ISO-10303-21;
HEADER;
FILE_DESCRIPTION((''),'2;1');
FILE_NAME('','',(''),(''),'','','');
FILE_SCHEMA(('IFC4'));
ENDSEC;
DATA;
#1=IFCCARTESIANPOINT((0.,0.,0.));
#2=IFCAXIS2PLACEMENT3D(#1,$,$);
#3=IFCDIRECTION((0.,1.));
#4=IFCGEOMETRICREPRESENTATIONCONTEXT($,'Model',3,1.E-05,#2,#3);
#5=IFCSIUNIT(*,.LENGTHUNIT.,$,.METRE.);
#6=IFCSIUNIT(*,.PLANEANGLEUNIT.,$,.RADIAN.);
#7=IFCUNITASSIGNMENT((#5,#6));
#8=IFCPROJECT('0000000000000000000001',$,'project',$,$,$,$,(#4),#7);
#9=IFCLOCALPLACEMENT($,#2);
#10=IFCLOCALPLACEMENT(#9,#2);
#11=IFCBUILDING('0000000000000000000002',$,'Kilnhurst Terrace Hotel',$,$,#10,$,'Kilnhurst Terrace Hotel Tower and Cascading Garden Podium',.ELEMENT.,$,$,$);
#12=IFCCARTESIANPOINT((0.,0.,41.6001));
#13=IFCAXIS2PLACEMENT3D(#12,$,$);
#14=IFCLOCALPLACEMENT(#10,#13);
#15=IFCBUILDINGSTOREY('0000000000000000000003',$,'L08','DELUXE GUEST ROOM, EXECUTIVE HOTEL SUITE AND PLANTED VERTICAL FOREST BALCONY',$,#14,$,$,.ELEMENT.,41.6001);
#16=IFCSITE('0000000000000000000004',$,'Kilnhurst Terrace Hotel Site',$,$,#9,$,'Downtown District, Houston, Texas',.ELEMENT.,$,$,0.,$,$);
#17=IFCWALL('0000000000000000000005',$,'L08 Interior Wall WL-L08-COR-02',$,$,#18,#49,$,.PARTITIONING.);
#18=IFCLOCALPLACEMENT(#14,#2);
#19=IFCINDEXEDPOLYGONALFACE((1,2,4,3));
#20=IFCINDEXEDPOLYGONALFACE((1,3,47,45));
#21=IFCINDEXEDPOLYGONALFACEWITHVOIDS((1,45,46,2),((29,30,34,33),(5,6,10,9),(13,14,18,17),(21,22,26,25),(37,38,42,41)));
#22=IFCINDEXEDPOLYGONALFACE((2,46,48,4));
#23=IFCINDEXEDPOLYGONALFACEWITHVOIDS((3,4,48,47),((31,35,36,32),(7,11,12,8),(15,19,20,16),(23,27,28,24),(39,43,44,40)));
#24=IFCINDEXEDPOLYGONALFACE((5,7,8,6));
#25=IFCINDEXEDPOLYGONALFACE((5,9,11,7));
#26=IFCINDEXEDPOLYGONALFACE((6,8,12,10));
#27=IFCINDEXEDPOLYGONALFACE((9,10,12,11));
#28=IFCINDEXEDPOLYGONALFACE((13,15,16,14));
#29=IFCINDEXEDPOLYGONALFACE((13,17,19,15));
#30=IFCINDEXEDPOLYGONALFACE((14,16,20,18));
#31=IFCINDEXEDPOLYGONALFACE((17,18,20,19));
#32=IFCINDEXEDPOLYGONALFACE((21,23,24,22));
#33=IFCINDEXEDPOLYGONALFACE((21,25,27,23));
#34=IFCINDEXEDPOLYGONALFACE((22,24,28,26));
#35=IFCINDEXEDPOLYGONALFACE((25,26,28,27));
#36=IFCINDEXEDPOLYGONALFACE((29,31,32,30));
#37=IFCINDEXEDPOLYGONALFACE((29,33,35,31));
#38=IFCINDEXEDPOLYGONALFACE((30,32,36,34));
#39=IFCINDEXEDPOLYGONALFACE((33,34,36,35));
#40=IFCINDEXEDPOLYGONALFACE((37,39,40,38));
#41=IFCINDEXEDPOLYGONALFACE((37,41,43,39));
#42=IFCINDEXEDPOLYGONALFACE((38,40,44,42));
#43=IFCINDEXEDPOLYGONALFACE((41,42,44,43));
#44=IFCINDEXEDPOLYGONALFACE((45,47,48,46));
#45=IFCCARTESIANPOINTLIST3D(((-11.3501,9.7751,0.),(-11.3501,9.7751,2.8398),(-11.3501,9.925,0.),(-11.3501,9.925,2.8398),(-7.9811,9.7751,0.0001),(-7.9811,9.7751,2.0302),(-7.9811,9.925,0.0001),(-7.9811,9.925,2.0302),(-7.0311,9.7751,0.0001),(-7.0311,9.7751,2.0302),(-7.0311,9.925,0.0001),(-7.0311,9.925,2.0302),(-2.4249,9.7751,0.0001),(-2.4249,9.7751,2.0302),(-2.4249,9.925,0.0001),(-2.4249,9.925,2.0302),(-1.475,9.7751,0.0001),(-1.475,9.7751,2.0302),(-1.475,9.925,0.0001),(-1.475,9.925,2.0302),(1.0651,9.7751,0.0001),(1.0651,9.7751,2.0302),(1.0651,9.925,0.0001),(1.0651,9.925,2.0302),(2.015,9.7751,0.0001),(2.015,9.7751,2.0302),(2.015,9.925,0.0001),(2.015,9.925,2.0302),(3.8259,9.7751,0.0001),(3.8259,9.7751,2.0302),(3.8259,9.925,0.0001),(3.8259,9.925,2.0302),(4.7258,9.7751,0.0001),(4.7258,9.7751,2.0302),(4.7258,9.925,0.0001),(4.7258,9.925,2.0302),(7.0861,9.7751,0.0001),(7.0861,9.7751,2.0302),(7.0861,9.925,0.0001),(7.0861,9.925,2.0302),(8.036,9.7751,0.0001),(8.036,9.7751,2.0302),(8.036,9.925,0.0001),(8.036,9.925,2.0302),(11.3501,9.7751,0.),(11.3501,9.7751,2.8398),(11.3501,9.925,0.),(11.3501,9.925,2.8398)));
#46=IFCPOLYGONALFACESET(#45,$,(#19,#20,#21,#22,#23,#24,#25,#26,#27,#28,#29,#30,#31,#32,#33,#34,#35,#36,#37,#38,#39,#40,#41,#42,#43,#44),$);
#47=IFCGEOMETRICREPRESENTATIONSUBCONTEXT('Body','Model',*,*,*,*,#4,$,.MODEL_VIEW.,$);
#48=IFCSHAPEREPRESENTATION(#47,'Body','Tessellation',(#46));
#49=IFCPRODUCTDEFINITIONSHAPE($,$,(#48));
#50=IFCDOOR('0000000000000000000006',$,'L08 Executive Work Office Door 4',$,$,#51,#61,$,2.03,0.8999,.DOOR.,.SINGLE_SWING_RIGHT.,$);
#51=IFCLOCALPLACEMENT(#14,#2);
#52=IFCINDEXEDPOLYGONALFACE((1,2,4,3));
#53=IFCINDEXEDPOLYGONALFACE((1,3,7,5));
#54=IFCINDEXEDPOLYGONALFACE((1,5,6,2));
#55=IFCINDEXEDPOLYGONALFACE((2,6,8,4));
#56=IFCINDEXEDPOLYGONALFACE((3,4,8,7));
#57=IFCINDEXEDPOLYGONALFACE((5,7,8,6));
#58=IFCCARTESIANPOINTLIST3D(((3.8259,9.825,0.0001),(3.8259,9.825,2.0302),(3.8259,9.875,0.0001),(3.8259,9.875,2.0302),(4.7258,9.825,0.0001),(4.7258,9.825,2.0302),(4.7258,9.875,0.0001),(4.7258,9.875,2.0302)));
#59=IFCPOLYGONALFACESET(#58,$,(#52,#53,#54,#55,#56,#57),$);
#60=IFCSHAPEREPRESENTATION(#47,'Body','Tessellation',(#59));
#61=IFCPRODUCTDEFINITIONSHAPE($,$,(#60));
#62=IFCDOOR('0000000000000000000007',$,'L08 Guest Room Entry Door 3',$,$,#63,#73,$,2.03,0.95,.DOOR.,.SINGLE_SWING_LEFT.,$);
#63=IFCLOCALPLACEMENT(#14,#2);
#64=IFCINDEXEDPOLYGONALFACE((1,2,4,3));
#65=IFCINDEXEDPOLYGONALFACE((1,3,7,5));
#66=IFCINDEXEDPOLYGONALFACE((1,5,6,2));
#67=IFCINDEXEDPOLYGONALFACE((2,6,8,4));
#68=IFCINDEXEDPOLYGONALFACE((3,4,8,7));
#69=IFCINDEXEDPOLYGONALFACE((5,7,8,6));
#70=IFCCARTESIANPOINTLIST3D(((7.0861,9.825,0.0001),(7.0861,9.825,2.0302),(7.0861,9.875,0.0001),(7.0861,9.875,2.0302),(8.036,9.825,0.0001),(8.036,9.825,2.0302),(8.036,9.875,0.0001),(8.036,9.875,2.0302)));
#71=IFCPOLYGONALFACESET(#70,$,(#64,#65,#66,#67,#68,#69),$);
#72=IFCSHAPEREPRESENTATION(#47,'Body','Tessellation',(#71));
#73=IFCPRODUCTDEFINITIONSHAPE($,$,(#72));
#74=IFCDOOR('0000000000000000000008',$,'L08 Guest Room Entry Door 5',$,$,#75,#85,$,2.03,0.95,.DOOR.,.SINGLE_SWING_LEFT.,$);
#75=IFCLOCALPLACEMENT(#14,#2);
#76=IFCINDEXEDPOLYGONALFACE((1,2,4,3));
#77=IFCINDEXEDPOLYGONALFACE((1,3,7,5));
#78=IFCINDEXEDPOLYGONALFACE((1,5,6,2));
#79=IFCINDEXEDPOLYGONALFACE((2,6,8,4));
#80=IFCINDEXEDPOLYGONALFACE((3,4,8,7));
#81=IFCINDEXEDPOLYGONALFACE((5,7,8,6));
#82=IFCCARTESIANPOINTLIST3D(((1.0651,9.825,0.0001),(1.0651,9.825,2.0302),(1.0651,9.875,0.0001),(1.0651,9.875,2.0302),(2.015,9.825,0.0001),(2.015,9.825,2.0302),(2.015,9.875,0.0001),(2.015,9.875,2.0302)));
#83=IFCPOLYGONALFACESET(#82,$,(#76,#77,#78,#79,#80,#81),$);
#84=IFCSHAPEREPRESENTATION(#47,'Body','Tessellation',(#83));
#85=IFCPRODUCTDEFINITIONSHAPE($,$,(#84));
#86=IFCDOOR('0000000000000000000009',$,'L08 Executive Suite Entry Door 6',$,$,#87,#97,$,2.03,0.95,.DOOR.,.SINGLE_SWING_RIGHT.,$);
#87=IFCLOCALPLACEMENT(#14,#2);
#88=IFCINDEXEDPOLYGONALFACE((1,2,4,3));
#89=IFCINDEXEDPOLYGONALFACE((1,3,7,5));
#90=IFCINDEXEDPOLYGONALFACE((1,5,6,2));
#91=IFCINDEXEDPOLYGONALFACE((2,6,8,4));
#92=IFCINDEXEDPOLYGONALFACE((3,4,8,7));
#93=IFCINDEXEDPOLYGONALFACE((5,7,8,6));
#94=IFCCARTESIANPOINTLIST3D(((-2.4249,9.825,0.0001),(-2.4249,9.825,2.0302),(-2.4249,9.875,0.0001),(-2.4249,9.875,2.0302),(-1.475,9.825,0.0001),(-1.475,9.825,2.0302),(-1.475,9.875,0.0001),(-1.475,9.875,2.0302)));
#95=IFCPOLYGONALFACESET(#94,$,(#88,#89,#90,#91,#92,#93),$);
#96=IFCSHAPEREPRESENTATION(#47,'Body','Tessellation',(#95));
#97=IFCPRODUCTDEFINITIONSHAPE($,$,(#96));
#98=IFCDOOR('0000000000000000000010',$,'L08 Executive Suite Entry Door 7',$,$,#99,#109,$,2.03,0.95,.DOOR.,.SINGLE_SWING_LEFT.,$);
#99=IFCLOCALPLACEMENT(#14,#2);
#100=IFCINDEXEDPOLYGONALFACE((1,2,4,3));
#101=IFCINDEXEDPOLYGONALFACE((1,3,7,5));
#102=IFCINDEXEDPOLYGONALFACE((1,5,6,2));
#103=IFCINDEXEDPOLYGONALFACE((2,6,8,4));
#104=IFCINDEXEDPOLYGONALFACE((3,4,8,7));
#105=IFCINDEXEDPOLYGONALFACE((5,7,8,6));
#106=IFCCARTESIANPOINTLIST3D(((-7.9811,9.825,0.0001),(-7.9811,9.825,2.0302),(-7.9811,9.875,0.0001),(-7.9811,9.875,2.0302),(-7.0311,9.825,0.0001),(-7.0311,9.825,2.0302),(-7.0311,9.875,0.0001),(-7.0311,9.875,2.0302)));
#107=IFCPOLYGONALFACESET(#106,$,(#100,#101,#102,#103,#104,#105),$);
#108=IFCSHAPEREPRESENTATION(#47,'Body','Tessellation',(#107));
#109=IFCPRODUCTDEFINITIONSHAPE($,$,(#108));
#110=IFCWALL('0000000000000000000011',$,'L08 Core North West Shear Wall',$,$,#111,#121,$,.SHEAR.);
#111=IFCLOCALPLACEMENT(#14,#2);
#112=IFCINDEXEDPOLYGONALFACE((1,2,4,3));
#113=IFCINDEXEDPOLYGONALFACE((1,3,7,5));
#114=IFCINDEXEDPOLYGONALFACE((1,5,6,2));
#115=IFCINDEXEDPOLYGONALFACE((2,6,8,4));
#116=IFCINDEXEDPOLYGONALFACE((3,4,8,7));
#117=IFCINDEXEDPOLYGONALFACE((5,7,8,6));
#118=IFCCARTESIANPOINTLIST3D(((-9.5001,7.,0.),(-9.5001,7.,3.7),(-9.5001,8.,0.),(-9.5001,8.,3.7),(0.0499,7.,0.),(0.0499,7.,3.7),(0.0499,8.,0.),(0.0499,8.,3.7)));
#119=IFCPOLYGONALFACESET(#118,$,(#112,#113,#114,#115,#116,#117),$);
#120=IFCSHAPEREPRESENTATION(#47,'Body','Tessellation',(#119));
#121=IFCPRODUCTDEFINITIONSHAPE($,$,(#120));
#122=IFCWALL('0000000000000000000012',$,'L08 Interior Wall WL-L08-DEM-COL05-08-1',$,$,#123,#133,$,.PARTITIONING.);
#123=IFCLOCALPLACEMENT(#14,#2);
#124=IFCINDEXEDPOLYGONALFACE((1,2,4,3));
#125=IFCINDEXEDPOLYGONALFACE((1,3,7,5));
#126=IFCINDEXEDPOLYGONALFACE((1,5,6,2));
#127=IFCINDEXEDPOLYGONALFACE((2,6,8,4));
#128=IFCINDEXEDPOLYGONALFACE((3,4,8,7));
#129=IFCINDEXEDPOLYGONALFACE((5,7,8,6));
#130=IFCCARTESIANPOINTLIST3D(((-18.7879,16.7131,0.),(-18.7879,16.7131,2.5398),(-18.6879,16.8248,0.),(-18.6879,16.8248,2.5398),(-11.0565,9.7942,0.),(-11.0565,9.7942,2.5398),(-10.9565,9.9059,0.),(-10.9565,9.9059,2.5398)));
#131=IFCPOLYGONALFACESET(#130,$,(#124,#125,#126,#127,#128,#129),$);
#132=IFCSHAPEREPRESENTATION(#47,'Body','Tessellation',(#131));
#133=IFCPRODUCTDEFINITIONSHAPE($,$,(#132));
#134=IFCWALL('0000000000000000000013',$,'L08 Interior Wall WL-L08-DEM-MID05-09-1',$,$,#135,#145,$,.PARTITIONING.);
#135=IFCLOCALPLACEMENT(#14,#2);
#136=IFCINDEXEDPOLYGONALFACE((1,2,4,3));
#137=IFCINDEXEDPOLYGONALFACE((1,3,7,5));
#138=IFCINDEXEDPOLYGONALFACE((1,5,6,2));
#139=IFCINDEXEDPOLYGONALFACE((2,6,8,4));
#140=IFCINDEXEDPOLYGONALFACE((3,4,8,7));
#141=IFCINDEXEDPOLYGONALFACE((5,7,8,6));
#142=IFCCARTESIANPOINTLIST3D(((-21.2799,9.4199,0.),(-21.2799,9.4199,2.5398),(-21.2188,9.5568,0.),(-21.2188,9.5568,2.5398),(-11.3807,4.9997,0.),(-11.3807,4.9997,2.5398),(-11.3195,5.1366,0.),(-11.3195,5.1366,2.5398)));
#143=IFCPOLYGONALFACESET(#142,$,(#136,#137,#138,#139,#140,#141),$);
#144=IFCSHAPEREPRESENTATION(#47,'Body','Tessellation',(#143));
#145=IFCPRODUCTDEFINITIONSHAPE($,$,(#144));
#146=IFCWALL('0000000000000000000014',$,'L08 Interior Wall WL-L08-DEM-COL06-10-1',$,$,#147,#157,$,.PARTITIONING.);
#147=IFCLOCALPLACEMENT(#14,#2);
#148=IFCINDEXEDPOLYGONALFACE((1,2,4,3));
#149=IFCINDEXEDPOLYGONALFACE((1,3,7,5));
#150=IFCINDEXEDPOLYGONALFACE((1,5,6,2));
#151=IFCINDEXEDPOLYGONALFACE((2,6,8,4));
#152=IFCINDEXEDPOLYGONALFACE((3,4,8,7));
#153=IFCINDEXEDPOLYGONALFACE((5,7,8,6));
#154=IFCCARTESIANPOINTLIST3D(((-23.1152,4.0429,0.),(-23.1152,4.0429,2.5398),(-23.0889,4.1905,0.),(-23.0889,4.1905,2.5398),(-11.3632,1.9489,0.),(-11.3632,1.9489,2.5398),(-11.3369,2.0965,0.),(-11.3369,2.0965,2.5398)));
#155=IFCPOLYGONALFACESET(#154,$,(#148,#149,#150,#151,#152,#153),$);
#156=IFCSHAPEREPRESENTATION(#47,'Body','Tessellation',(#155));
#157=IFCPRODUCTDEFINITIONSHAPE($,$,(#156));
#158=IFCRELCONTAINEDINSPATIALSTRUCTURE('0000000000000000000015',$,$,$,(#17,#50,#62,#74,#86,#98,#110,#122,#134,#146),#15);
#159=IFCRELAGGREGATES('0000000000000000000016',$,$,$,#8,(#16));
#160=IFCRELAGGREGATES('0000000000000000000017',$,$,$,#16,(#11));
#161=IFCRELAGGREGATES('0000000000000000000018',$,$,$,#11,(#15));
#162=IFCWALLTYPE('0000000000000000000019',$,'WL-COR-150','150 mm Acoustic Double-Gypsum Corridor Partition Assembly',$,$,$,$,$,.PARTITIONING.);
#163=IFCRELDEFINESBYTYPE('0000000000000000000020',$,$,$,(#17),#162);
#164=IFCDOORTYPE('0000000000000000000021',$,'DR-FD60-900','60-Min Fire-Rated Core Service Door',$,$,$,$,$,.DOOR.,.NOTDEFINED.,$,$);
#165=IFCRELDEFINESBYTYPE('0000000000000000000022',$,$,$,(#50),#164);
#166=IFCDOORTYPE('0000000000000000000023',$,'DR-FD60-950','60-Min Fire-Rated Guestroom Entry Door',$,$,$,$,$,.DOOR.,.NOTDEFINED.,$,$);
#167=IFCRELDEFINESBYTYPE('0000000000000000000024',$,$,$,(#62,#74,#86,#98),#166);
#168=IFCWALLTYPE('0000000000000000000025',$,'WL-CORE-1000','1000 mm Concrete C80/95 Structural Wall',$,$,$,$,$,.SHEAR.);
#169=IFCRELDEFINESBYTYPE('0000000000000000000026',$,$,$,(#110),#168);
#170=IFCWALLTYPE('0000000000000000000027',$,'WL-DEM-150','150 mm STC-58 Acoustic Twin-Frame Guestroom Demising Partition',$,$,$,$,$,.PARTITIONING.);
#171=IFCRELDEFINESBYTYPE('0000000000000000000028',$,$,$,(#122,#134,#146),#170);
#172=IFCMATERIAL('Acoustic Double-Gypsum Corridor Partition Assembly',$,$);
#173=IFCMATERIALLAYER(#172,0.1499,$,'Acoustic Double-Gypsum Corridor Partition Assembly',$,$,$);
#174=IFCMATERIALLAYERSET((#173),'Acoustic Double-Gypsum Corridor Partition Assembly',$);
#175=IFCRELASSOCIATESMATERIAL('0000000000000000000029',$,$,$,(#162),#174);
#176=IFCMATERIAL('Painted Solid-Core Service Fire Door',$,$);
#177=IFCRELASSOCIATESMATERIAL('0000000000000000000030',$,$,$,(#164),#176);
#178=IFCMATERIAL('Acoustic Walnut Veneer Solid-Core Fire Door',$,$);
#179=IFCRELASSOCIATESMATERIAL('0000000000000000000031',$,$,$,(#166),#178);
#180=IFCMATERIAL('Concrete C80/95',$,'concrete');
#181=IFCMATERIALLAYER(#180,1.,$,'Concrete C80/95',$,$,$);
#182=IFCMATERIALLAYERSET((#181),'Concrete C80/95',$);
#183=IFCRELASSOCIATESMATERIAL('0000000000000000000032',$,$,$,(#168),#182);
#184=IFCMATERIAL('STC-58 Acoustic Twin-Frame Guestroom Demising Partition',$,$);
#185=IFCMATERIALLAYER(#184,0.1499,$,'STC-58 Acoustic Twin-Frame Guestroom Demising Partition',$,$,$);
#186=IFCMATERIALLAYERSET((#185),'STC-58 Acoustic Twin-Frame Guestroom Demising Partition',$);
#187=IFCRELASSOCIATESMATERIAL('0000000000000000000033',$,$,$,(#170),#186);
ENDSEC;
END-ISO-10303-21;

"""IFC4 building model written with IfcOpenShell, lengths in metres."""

from ifc_helpers import new_model, si_unit, direction, frame, frame_2d, origin, place, context, subcontext, project, spatial, rectangle, extrude, material, layer, layer_set, type_object, element, fill, save


model = new_model("IFC4")

# Units and contexts
model_context = context("Model", 3, precision=1e-05, world=origin(), true_north=direction((0.0, 1.0)))
body_context = subcontext(model_context, "Body", "Model", "MODEL_VIEW")
ifc_project = project(units=[si_unit("LENGTHUNIT", "METRE"), si_unit("PLANEANGLEUNIT", "RADIAN")], contexts=[model_context])

# Site, building, storey
site_placement = place(None, origin())
site = spatial("IfcSite", under=ifc_project, at=site_placement, Name="Kilnhurst Terrace Hotel Site", LongName="Downtown District, Houston, Texas", CompositionType="ELEMENT", RefElevation=0.0)
building_placement = place(site_placement, origin())
building = spatial("IfcBuilding", under=site, at=building_placement, Name="Kilnhurst Terrace Hotel", LongName="Kilnhurst Terrace Hotel Tower and Cascading Garden Podium", CompositionType="ELEMENT")
storey_placement = place(building_placement, frame((0.0, 0.0, 41.6001)))
storey = spatial("IfcBuildingStorey", under=building, at=storey_placement, Name="L08", Description="DELUXE GUEST ROOM, EXECUTIVE HOTEL SUITE AND PLANTED VERTICAL FOREST BALCONY", CompositionType="ELEMENT", Elevation=41.6001)

# Shared definitions
ifc_material_1 = material(Name="Concrete C80/95", Category="concrete")

# Wall, openings, doors
ifc_material_2 = material(Name="Acoustic Double-Gypsum Corridor Partition Assembly")
ifc_layer_1 = layer(ifc_material_2, 0.1499, Name="Acoustic Double-Gypsum Corridor Partition Assembly")
ifc_layer_set_1 = layer_set([ifc_layer_1], Name="Acoustic Double-Gypsum Corridor Partition Assembly")
wall_type_1 = type_object("IfcWallType", Name="WL-COR-150", Description="150 mm Acoustic Double-Gypsum Corridor Partition Assembly", PredefinedType="PARTITIONING", material=ifc_layer_set_1)
wall_1_placement = place(storey_placement, frame((-11.3501, 9.8501, 0.0), z_axis=(0.0, 0.0, 1.0), x_axis=(1.0, 0.0, 0.0)))
wall_1 = element("IfcWall", 1, at=wall_1_placement, inside=storey, type_object=wall_type_1, Name="L08 Interior Wall WL-L08-COR-02", PredefinedType="PARTITIONING", context=body_context, shape_type="SweptSolid", body=[
    extrude(rectangle(XDim=22.7002, YDim=0.1499, at=frame_2d((11.3501, 0.0))), origin(), (0.0, 0.0, 1.0), 2.8398),
])
opening_1_placement = place(wall_1_placement, frame((18.436, 0.0, 0.0)))
opening_1 = element("IfcOpeningElement", 2, at=opening_1_placement, cuts=wall_1, PredefinedType="OPENING", context=body_context, shape_type="SweptSolid", body=[
    extrude(rectangle(XDim=0.95, YDim=2.03, at=frame_2d((0.4751, 1.0151))), frame((0.0, 0.085, 0.0), z_axis=(0.0, -1.0, 0.0), x_axis=(1.0, 0.0, 0.0)), (0.0, 0.0, 1.0), 0.1699),
])
opening_2_placement = place(wall_1_placement, frame((15.176, 0.0, 0.0)))
opening_2 = element("IfcOpeningElement", 3, at=opening_2_placement, cuts=wall_1, PredefinedType="OPENING", context=body_context, shape_type="SweptSolid", body=[
    extrude(rectangle(XDim=0.8999, YDim=2.03, at=frame_2d((0.45, 1.0151))), frame((0.0, 0.085, 0.0), z_axis=(0.0, -1.0, 0.0), x_axis=(1.0, 0.0, 0.0)), (0.0, 0.0, 1.0), 0.1699),
])
opening_3_placement = place(wall_1_placement, frame((12.415, 0.0, 0.0)))
opening_3 = element("IfcOpeningElement", 4, at=opening_3_placement, cuts=wall_1, PredefinedType="OPENING", context=body_context, shape_type="SweptSolid", body=[
    extrude(rectangle(XDim=0.95, YDim=2.03, at=frame_2d((0.4751, 1.0151))), frame((0.0, 0.085, 0.0), z_axis=(0.0, -1.0, 0.0), x_axis=(1.0, 0.0, 0.0)), (0.0, 0.0, 1.0), 0.1699),
])
opening_4_placement = place(wall_1_placement, frame((8.925, 0.0, 0.0)))
opening_4 = element("IfcOpeningElement", 5, at=opening_4_placement, cuts=wall_1, PredefinedType="OPENING", context=body_context, shape_type="SweptSolid", body=[
    extrude(rectangle(XDim=0.95, YDim=2.03, at=frame_2d((0.4751, 1.0151))), frame((0.0, 0.085, 0.0), z_axis=(0.0, -1.0, 0.0), x_axis=(1.0, 0.0, 0.0)), (0.0, 0.0, 1.0), 0.1699),
])
opening_5_placement = place(wall_1_placement, frame((3.3689, 0.0, 0.0)))
opening_5 = element("IfcOpeningElement", 6, at=opening_5_placement, cuts=wall_1, PredefinedType="OPENING", context=body_context, shape_type="SweptSolid", body=[
    extrude(rectangle(XDim=0.95, YDim=2.03, at=frame_2d((0.4751, 1.0151))), frame((0.0, 0.085, 0.0), z_axis=(0.0, -1.0, 0.0), x_axis=(1.0, 0.0, 0.0)), (0.0, 0.0, 1.0), 0.1699),
])
ifc_material_3 = material(Name="Painted Solid-Core Service Fire Door")
door_type_1 = type_object("IfcDoorType", Name="DR-FD60-900", Description="60-Min Fire-Rated Core Service Door", OperationType="NOTDEFINED", PredefinedType="DOOR", material=ifc_material_3)
door_1_placement = place(opening_2_placement, origin())
door_1 = element("IfcDoor", 7, at=door_1_placement, inside=storey, type_object=door_type_1, Name="L08 Executive Work Office Door 4", OperationType="SINGLE_SWING_RIGHT", OverallHeight=2.03, OverallWidth=0.8999, PredefinedType="DOOR", context=body_context, shape_type="SweptSolid", body=[
    extrude(rectangle(XDim=0.8999, YDim=2.03, at=frame_2d((0.45, 1.0151))), frame((0.0, 0.0249, 0.0), z_axis=(0.0, -1.0, 0.0), x_axis=(1.0, 0.0, 0.0)), (0.0, 0.0, 1.0), 0.05),
])
fill(opening_2, door_1)
ifc_material_4 = material(Name="Acoustic Walnut Veneer Solid-Core Fire Door")
door_type_2 = type_object("IfcDoorType", Name="DR-FD60-950", Description="60-Min Fire-Rated Guestroom Entry Door", OperationType="NOTDEFINED", PredefinedType="DOOR", material=ifc_material_4)
door_2_placement = place(opening_1_placement, origin())
door_2 = element("IfcDoor", 8, at=door_2_placement, inside=storey, type_object=door_type_2, Name="L08 Guest Room Entry Door 3", OperationType="SINGLE_SWING_LEFT", OverallHeight=2.03, OverallWidth=0.95, PredefinedType="DOOR", context=body_context, shape_type="SweptSolid", body=[
    extrude(rectangle(XDim=0.95, YDim=2.03, at=frame_2d((0.4751, 1.0151))), frame((0.0, 0.0249, 0.0), z_axis=(0.0, -1.0, 0.0), x_axis=(1.0, 0.0, 0.0)), (0.0, 0.0, 1.0), 0.05),
])
fill(opening_1, door_2)
door_3_placement = place(opening_3_placement, origin())
door_3 = element("IfcDoor", 9, at=door_3_placement, inside=storey, type_object=door_type_2, Name="L08 Guest Room Entry Door 5", OperationType="SINGLE_SWING_LEFT", OverallHeight=2.03, OverallWidth=0.95, PredefinedType="DOOR", context=body_context, shape_type="SweptSolid", body=[
    extrude(rectangle(XDim=0.95, YDim=2.03, at=frame_2d((0.4751, 1.0151))), frame((0.0, 0.0249, 0.0), z_axis=(0.0, -1.0, 0.0), x_axis=(1.0, 0.0, 0.0)), (0.0, 0.0, 1.0), 0.05),
])
fill(opening_3, door_3)
door_4_placement = place(opening_4_placement, origin())
door_4 = element("IfcDoor", 10, at=door_4_placement, inside=storey, type_object=door_type_2, Name="L08 Executive Suite Entry Door 6", OperationType="SINGLE_SWING_RIGHT", OverallHeight=2.03, OverallWidth=0.95, PredefinedType="DOOR", context=body_context, shape_type="SweptSolid", body=[
    extrude(rectangle(XDim=0.95, YDim=2.03, at=frame_2d((0.4751, 1.0151))), frame((0.0, 0.0249, 0.0), z_axis=(0.0, -1.0, 0.0), x_axis=(1.0, 0.0, 0.0)), (0.0, 0.0, 1.0), 0.05),
])
fill(opening_4, door_4)
door_5_placement = place(opening_5_placement, origin())
door_5 = element("IfcDoor", 11, at=door_5_placement, inside=storey, type_object=door_type_2, Name="L08 Executive Suite Entry Door 7", OperationType="SINGLE_SWING_LEFT", OverallHeight=2.03, OverallWidth=0.95, PredefinedType="DOOR", context=body_context, shape_type="SweptSolid", body=[
    extrude(rectangle(XDim=0.95, YDim=2.03, at=frame_2d((0.4751, 1.0151))), frame((0.0, 0.0249, 0.0), z_axis=(0.0, -1.0, 0.0), x_axis=(1.0, 0.0, 0.0)), (0.0, 0.0, 1.0), 0.05),
])
fill(opening_5, door_5)

# Walls
ifc_layer_2 = layer(ifc_material_1, 1.0, Name="Concrete C80/95")
ifc_layer_set_2 = layer_set([ifc_layer_2], Name="Concrete C80/95")
wall_type_2 = type_object("IfcWallType", Name="WL-CORE-1000", Description="1000 mm Concrete C80/95 Structural Wall", PredefinedType="SHEAR", material=ifc_layer_set_2)
wall_2_placement = place(storey_placement, frame((-9.5, 7.5, 0.0), z_axis=(0.0, 0.0, 1.0), x_axis=(1.0, 0.0, 0.0)))
element("IfcWall", 12, at=wall_2_placement, inside=storey, type_object=wall_type_2, Name="L08 Core North West Shear Wall", PredefinedType="SHEAR", context=body_context, shape_type="SweptSolid", body=[
    extrude(rectangle(XDim=9.55, YDim=1.0, at=frame_2d((4.7749, 0.0))), origin(), (0.0, 0.0, 1.0), 3.7),
])
ifc_material_5 = material(Name="STC-58 Acoustic Twin-Frame Guestroom Demising Partition")
ifc_layer_3 = layer(ifc_material_5, 0.1499, Name="STC-58 Acoustic Twin-Frame Guestroom Demising Partition")
ifc_layer_set_3 = layer_set([ifc_layer_3], Name="STC-58 Acoustic Twin-Frame Guestroom Demising Partition")
wall_type_3 = type_object("IfcWallType", Name="WL-DEM-150", Description="150 mm STC-58 Acoustic Twin-Frame Guestroom Demising Partition", PredefinedType="PARTITIONING", material=ifc_layer_set_3)
wall_3_placement = place(storey_placement, frame((-11.0066, 9.8501, 0.0), z_axis=(0.0, 0.0, 1.0), x_axis=(-0.745177, 0.666866, 0.0)))
element("IfcWall", 13, at=wall_3_placement, inside=storey, type_object=wall_type_3, Name="L08 Interior Wall WL-L08-DEM-COL05-08-1", PredefinedType="PARTITIONING", context=body_context, shape_type="SweptSolid", body=[
    extrude(rectangle(XDim=10.3752, YDim=0.1499, at=frame_2d((5.1875, 0.0))), origin(), (0.0, 0.0, 1.0), 2.5398),
])
wall_4_placement = place(storey_placement, frame((-11.3501, 5.0681, 0.0), z_axis=(0.0, 0.0, 1.0), x_axis=(-0.913107, 0.40772, 0.0)))
element("IfcWall", 14, at=wall_4_placement, inside=storey, type_object=wall_type_3, Name="L08 Interior Wall WL-L08-DEM-MID05-09-1", PredefinedType="PARTITIONING", context=body_context, shape_type="SweptSolid", body=[
    extrude(rectangle(XDim=10.8413, YDim=0.1499, at=frame_2d((5.4207, 0.0))), origin(), (0.0, 0.0, 1.0), 2.5398),
])
wall_5_placement = place(storey_placement, frame((-11.3501, 2.0227, 0.0), z_axis=(0.0, 0.0, 1.0), x_axis=(-0.984494, 0.17542, 0.0)))
element("IfcWall", 15, at=wall_5_placement, inside=storey, type_object=wall_type_3, Name="L08 Interior Wall WL-L08-DEM-COL06-10-1", PredefinedType="PARTITIONING", context=body_context, shape_type="SweptSolid", body=[
    extrude(rectangle(XDim=11.937, YDim=0.1499, at=frame_2d((5.9685, 0.0))), origin(), (0.0, 0.0, 1.0), 2.5398),
])

save(model, "model.ifc")
